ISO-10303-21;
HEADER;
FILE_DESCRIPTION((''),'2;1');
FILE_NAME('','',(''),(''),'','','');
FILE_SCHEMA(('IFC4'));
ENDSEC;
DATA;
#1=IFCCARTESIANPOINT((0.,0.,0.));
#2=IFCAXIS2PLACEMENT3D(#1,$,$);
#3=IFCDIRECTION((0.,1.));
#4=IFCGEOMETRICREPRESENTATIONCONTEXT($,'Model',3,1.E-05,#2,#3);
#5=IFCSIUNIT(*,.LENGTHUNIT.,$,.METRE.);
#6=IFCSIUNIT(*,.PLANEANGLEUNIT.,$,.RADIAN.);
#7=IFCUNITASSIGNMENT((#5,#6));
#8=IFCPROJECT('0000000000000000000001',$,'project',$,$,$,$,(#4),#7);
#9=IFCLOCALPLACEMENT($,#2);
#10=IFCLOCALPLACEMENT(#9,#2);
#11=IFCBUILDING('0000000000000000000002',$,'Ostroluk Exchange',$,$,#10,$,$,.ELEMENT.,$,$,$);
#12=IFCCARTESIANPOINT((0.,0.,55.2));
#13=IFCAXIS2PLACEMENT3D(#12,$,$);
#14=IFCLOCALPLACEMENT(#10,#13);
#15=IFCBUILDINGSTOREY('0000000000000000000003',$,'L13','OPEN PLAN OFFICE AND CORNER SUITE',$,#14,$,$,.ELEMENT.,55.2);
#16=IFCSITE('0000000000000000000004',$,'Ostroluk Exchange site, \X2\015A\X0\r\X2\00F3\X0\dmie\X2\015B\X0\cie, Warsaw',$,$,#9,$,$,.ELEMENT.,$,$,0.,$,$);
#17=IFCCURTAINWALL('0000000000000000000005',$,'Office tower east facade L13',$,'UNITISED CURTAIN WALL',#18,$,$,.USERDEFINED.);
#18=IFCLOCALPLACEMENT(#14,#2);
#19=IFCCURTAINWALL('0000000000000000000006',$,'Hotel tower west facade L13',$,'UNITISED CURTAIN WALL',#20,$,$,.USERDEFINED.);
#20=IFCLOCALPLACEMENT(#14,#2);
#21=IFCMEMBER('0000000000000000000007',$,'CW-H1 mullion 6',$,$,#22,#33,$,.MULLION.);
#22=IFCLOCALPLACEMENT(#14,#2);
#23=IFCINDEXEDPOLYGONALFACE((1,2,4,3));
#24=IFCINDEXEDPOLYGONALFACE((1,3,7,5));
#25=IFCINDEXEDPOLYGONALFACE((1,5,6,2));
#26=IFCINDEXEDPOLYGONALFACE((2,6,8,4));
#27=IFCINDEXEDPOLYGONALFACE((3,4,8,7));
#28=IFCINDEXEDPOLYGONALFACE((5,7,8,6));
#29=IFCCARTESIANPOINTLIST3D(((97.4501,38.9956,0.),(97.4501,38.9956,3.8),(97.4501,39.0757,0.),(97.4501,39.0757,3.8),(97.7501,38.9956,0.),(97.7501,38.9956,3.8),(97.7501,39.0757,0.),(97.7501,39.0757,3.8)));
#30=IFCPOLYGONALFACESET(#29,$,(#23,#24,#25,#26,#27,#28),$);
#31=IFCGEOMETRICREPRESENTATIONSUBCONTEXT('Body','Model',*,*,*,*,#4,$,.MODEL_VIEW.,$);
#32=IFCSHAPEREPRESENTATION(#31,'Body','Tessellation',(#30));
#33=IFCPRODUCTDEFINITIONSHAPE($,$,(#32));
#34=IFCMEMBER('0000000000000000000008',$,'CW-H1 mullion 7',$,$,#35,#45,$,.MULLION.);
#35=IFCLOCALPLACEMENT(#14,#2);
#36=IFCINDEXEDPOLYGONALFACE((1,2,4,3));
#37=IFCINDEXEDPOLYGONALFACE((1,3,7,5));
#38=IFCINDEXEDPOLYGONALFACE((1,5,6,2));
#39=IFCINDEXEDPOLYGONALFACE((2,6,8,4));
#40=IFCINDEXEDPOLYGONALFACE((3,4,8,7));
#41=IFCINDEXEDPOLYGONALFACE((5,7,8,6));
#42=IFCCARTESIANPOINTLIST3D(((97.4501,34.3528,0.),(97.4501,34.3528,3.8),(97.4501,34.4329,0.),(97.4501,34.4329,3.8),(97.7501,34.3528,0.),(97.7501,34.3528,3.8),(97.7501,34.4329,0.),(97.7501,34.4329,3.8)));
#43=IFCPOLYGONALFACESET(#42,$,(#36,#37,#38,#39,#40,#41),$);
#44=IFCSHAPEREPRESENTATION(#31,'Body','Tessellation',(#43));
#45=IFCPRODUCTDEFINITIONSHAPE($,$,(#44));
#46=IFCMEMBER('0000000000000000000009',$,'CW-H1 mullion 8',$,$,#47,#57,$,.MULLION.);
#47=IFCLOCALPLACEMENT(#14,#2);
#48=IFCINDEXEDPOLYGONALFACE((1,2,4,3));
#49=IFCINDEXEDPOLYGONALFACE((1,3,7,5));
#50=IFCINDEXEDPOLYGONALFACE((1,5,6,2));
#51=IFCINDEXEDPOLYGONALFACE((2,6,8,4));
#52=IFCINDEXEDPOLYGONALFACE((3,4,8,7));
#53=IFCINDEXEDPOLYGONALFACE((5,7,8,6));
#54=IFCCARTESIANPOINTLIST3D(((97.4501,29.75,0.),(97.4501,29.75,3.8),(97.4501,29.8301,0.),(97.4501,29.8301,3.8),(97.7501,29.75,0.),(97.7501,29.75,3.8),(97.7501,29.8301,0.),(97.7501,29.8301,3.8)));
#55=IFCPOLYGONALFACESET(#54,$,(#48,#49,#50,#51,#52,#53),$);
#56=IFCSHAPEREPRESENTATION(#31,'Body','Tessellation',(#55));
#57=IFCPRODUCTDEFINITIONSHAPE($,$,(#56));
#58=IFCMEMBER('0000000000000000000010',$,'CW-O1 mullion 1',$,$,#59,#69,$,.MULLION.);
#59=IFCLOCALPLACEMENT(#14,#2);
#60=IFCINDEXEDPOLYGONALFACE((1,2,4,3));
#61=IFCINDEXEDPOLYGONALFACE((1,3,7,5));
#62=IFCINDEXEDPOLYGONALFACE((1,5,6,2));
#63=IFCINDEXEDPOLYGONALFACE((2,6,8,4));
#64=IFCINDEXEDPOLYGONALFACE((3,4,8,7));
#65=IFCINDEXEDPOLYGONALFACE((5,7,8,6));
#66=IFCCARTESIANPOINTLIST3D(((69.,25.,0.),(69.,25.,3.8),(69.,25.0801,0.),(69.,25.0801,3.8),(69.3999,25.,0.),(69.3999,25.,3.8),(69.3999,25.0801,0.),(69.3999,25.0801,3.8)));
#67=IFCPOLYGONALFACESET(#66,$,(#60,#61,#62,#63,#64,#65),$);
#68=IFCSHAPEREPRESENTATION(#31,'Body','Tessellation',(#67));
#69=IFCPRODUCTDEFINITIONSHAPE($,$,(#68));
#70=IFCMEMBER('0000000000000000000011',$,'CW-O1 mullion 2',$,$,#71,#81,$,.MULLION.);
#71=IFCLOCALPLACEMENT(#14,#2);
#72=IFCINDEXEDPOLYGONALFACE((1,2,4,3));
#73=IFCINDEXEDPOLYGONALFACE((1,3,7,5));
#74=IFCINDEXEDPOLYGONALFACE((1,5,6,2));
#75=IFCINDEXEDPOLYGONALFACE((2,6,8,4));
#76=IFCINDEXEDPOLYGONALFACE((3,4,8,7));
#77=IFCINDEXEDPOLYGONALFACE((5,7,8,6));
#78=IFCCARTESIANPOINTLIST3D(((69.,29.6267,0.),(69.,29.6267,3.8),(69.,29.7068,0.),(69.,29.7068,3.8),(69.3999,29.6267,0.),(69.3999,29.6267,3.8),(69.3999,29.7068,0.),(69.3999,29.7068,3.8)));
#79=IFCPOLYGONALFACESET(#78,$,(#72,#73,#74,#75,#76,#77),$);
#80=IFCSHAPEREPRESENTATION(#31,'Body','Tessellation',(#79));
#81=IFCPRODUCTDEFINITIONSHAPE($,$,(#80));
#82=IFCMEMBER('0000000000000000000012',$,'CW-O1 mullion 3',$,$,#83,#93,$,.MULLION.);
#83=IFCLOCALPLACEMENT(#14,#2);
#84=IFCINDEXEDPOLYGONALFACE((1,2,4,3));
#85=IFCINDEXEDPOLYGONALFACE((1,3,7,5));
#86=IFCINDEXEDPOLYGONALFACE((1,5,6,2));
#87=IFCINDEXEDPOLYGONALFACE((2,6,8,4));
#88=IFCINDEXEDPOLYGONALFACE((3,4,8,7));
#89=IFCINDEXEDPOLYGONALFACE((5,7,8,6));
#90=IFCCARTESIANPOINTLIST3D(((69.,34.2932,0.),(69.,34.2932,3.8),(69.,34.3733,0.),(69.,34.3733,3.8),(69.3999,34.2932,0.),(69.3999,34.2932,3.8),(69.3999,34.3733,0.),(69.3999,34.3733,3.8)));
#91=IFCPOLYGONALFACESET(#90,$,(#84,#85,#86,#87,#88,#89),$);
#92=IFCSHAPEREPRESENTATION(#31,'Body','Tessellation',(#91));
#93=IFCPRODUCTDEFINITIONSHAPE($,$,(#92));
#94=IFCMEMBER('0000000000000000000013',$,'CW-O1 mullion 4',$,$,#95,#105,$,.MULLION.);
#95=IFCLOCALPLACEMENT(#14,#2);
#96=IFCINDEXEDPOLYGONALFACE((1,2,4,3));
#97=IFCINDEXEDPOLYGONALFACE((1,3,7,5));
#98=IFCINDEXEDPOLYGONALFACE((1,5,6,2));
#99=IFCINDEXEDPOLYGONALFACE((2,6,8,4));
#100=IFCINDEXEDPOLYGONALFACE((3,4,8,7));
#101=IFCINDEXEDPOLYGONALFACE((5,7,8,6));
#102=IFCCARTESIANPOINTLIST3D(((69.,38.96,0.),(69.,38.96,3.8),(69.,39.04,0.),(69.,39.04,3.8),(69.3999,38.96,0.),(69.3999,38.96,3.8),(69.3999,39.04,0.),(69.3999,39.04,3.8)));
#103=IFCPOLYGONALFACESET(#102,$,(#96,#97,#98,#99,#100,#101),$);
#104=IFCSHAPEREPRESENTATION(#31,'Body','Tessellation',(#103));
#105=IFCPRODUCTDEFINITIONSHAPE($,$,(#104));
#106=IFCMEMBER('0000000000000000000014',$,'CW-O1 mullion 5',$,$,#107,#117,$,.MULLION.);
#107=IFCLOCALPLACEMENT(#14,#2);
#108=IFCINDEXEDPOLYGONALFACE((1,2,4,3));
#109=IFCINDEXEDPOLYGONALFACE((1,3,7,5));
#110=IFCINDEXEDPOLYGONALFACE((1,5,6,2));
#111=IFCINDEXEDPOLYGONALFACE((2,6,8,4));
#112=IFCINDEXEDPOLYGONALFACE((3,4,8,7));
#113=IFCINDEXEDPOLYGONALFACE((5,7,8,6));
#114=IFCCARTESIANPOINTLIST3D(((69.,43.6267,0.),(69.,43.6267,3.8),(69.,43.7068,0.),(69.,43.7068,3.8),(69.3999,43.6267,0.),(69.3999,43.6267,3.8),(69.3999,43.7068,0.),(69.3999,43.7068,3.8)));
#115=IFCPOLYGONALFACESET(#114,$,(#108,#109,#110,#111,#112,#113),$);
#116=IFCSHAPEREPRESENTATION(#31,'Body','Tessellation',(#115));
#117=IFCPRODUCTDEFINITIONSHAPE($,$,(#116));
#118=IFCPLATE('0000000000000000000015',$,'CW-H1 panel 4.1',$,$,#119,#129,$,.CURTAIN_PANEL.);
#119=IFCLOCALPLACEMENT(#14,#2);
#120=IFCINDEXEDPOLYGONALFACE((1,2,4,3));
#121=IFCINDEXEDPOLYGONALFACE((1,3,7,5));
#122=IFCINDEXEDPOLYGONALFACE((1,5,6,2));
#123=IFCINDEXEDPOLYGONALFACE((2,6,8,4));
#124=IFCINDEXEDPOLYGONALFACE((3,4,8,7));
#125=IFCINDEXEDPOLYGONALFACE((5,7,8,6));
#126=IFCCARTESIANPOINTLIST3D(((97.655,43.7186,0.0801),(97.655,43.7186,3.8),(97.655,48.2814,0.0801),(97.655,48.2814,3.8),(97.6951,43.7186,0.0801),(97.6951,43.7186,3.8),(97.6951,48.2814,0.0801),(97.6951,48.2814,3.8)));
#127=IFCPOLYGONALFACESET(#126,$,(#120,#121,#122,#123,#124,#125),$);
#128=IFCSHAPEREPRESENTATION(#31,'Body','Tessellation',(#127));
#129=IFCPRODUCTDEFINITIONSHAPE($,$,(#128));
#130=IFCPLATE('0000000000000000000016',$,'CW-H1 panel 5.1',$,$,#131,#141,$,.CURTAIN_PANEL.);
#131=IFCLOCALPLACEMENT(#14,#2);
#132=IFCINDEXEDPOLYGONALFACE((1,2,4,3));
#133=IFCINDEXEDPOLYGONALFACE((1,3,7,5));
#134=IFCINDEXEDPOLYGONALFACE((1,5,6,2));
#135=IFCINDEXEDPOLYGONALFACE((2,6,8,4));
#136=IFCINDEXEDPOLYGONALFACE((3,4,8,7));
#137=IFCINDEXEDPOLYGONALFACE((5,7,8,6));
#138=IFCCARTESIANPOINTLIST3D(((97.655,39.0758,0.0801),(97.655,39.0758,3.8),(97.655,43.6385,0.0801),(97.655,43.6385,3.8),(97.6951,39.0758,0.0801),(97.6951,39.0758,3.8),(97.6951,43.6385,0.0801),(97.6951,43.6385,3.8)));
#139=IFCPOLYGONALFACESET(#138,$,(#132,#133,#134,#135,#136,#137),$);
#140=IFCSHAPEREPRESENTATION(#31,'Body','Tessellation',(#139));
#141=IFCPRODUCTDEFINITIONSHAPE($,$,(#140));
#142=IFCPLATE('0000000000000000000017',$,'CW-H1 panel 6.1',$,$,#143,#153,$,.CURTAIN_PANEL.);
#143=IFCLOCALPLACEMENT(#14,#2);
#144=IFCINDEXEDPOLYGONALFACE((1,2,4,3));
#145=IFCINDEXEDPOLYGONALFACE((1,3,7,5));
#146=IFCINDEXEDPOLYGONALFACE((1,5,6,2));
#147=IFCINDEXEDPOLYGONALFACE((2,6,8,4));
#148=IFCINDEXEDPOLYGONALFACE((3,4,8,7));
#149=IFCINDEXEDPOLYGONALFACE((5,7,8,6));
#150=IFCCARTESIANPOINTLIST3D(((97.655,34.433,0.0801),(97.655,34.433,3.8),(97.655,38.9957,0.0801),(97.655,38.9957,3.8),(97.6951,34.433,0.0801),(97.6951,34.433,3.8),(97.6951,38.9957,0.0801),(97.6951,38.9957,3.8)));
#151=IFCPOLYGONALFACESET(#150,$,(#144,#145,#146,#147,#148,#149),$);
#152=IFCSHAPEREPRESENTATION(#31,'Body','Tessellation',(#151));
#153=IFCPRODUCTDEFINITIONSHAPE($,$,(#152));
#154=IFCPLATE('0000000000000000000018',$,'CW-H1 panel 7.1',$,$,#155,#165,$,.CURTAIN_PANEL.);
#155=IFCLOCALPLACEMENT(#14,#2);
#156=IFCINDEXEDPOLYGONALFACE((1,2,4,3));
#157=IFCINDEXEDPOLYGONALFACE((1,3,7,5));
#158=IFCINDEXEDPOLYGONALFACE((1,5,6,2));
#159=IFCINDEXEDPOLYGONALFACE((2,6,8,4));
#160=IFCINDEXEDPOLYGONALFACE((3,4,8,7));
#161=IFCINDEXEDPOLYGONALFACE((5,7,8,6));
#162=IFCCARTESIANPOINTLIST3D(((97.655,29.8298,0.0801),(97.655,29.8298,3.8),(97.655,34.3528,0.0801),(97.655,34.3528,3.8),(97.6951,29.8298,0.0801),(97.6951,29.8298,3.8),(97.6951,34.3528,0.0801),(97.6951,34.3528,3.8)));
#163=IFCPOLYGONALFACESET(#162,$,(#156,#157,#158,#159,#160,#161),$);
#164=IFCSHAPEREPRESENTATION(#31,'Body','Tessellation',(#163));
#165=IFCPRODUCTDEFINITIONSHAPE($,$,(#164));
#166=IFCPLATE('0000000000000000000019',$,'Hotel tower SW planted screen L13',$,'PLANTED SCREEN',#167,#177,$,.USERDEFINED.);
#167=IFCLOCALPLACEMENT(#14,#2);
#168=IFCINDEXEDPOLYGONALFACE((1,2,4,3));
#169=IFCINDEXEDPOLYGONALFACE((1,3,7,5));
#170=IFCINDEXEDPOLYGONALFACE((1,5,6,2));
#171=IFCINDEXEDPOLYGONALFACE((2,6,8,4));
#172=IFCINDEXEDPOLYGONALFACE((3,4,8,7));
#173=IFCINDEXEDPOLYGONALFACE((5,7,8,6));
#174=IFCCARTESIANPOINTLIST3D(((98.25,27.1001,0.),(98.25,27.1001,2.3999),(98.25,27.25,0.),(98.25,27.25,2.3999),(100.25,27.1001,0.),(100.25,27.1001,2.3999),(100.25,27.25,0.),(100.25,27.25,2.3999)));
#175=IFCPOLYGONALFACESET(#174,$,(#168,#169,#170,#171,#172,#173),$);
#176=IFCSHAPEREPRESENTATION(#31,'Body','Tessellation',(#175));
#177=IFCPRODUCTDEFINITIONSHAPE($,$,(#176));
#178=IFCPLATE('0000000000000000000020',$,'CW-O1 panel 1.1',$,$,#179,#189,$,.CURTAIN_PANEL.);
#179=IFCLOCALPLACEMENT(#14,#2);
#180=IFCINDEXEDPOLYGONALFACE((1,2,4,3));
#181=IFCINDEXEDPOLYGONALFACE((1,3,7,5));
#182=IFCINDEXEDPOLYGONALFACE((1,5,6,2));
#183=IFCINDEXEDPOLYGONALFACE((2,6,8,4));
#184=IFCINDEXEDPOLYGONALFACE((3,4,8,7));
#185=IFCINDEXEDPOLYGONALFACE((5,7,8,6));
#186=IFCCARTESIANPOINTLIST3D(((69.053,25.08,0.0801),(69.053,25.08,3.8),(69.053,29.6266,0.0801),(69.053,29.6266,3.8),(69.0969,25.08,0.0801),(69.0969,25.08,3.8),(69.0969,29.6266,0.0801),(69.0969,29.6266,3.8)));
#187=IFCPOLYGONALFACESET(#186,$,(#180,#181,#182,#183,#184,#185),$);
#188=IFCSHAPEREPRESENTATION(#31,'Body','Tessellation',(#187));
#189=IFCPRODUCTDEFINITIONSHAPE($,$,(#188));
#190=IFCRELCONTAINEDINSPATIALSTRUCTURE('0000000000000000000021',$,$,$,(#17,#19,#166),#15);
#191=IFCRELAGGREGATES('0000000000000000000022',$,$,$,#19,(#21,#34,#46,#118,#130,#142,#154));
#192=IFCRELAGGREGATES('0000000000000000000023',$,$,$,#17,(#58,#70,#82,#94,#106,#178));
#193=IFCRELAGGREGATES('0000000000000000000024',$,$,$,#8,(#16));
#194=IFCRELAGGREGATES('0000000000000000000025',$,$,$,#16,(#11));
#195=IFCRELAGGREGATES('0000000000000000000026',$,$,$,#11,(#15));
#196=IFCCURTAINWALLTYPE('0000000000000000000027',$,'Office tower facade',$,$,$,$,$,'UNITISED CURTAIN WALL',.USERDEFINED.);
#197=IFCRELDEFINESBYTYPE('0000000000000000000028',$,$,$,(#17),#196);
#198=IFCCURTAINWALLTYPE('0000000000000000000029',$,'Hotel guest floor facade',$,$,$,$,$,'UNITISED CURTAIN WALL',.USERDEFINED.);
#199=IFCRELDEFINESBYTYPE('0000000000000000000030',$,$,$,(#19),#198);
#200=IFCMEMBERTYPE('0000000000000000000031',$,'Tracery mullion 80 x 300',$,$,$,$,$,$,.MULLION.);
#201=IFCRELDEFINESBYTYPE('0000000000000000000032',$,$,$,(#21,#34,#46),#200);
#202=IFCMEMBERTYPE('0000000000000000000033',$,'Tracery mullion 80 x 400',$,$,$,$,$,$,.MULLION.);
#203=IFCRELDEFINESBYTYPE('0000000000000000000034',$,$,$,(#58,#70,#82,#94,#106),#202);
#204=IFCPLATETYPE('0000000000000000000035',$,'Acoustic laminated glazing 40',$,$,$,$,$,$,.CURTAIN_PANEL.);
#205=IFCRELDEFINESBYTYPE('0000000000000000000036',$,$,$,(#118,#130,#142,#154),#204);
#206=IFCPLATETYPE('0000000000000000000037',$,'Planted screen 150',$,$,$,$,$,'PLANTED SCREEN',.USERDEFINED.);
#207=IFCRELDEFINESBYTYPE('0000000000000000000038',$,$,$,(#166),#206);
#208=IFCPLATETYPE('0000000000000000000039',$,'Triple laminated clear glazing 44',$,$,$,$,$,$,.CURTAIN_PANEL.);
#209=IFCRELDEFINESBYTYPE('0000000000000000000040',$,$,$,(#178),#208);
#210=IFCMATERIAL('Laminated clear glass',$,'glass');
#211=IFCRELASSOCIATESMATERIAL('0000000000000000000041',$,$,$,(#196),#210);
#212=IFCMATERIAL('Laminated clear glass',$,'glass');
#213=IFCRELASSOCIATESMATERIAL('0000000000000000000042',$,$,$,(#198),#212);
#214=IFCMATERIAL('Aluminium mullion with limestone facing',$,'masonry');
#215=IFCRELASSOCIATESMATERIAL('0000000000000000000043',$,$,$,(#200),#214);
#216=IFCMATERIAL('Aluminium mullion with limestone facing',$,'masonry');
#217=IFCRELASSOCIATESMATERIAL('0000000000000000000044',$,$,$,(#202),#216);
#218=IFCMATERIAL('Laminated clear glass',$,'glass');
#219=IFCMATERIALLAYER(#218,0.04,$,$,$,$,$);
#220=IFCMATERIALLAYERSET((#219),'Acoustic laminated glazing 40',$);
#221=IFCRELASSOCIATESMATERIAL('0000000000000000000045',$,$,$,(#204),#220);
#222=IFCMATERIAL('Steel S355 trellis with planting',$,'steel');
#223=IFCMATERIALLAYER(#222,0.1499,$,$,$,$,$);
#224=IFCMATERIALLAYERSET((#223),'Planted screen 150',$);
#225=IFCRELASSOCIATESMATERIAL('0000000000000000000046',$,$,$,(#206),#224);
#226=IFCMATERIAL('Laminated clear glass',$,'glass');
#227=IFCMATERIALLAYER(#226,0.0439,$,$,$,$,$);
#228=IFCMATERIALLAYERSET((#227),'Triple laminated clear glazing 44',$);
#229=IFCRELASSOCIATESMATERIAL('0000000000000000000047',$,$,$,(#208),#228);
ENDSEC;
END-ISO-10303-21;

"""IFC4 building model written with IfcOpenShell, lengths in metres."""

from ifc_helpers import new_model, si_unit, direction, frame, origin, origin_2d, place, context, subcontext, project, spatial, rectangle, extrude, material, layer, layer_set, material_profile, profile_set, type_object, element, aggregate, save


model = new_model("IFC4")

# Units and contexts
model_context = context("Model", 3, precision=1e-05, world=origin(), true_north=direction((0.0, 1.0)))
body_context = subcontext(model_context, "Body", "Model", "MODEL_VIEW")
ifc_project = project(units=[si_unit("LENGTHUNIT", "METRE"), si_unit("PLANEANGLEUNIT", "RADIAN")], contexts=[model_context])

# Site, building, storey
site_placement = place(None, origin())
site = spatial("IfcSite", under=ifc_project, at=site_placement, Name="Ostroluk Exchange site, Śródmieście, Warsaw", CompositionType="ELEMENT", RefElevation=0.0)
building_placement = place(site_placement, origin())
building = spatial("IfcBuilding", under=site, at=building_placement, Name="Ostroluk Exchange", CompositionType="ELEMENT")
storey_placement = place(building_placement, frame((0.0, 0.0, 55.2)))
storey = spatial("IfcBuildingStorey", under=building, at=storey_placement, Name="L13", Description="OPEN PLAN OFFICE AND CORNER SUITE", CompositionType="ELEMENT", Elevation=55.2)

# Curtain wall
ifc_material_1 = material(Name="Laminated clear glass", Category="glass")
curtain_wall_type_1 = type_object("IfcCurtainWallType", Name="Office tower facade", ElementType="UNITISED CURTAIN WALL", PredefinedType="USERDEFINED", material=ifc_material_1)
curtain_wall_1_placement = place(storey_placement, origin())
curtain_wall_1 = element("IfcCurtainWall", 1, at=curtain_wall_1_placement, inside=storey, type_object=curtain_wall_type_1, Name="Office tower east facade L13", ObjectType="UNITISED CURTAIN WALL", PredefinedType="USERDEFINED")

# Shared definitions
ifc_material_2 = material(Name="Laminated clear glass", Category="glass")
curtain_wall_type_2 = type_object("IfcCurtainWallType", Name="Hotel guest floor facade", ElementType="UNITISED CURTAIN WALL", PredefinedType="USERDEFINED", material=ifc_material_2)

# Curtain wall
curtain_wall_2_placement = place(storey_placement, origin())
curtain_wall_2 = element("IfcCurtainWall", 2, at=curtain_wall_2_placement, inside=storey, type_object=curtain_wall_type_2, Name="Hotel tower west facade L13", ObjectType="UNITISED CURTAIN WALL", PredefinedType="USERDEFINED")

# Members
ifc_material_3 = material(Name="Aluminium mullion with limestone facing", Category="masonry")
ifc_material_profile_1 = material_profile(ifc_material_3, rectangle(XDim=0.3, YDim=0.0801, at=origin_2d()), Name="Tracery mullion 80 x 300")
ifc_profile_set_1 = profile_set([ifc_material_profile_1], Name="Aluminium mullion with limestone facing")
member_type_1 = type_object("IfcMemberType", Name="Tracery mullion 80 x 300", PredefinedType="MULLION", material=ifc_profile_set_1)
member_1_placement = place(storey_placement, frame((97.6001, 39.0356, 0.0), z_axis=(0.0, 0.0, 1.0), x_axis=(1.0, 0.0, 0.0)))
member_1 = element("IfcMember", 3, at=member_1_placement, type_object=member_type_1, Name="CW-H1 mullion 6", PredefinedType="MULLION", context=body_context, shape_type="SweptSolid", body=[
    extrude(rectangle(XDim=0.3, YDim=0.0801, at=origin_2d()), origin(), (0.0, 0.0, 1.0), 3.8),
])
member_2_placement = place(storey_placement, frame((97.6001, 34.3928, 0.0), z_axis=(0.0, 0.0, 1.0), x_axis=(1.0, 0.0, 0.0)))
member_2 = element("IfcMember", 4, at=member_2_placement, type_object=member_type_1, Name="CW-H1 mullion 7", PredefinedType="MULLION", context=body_context, shape_type="SweptSolid", body=[
    extrude(rectangle(XDim=0.3, YDim=0.0801, at=origin_2d()), origin(), (0.0, 0.0, 1.0), 3.8),
])
member_3_placement = place(storey_placement, frame((97.6001, 29.79, 0.0), z_axis=(0.0, 0.0, 1.0), x_axis=(1.0, 0.0, 0.0)))
member_3 = element("IfcMember", 5, at=member_3_placement, type_object=member_type_1, Name="CW-H1 mullion 8", PredefinedType="MULLION", context=body_context, shape_type="SweptSolid", body=[
    extrude(rectangle(XDim=0.3, YDim=0.0801, at=origin_2d()), origin(), (0.0, 0.0, 1.0), 3.8),
])
ifc_material_4 = material(Name="Aluminium mullion with limestone facing", Category="masonry")
ifc_material_profile_2 = material_profile(ifc_material_4, rectangle(XDim=0.3999, YDim=0.0801, at=origin_2d()), Name="Tracery mullion 80 x 400")
ifc_profile_set_2 = profile_set([ifc_material_profile_2], Name="Aluminium mullion with limestone facing")
member_type_2 = type_object("IfcMemberType", Name="Tracery mullion 80 x 400", PredefinedType="MULLION", material=ifc_profile_set_2)
member_4_placement = place(storey_placement, frame((69.2, 25.04, 0.0), z_axis=(0.0, 0.0, 1.0), x_axis=(-1.0, 0.0, 0.0)))
member_4 = element("IfcMember", 6, at=member_4_placement, type_object=member_type_2, Name="CW-O1 mullion 1", PredefinedType="MULLION", context=body_context, shape_type="SweptSolid", body=[
    extrude(rectangle(XDim=0.3999, YDim=0.0801, at=origin_2d()), origin(), (0.0, 0.0, 1.0), 3.8),
])
member_5_placement = place(storey_placement, frame((69.2, 29.6667, 0.0), z_axis=(0.0, 0.0, 1.0), x_axis=(-1.0, 0.0, 0.0)))
member_5 = element("IfcMember", 7, at=member_5_placement, type_object=member_type_2, Name="CW-O1 mullion 2", PredefinedType="MULLION", context=body_context, shape_type="SweptSolid", body=[
    extrude(rectangle(XDim=0.3999, YDim=0.0801, at=origin_2d()), origin(), (0.0, 0.0, 1.0), 3.8),
])
member_6_placement = place(storey_placement, frame((69.2, 34.3333, 0.0), z_axis=(0.0, 0.0, 1.0), x_axis=(-1.0, 0.0, 0.0)))
member_6 = element("IfcMember", 8, at=member_6_placement, type_object=member_type_2, Name="CW-O1 mullion 3", PredefinedType="MULLION", context=body_context, shape_type="SweptSolid", body=[
    extrude(rectangle(XDim=0.3999, YDim=0.0801, at=origin_2d()), origin(), (0.0, 0.0, 1.0), 3.8),
])
member_7_placement = place(storey_placement, frame((69.2, 39.0, 0.0), z_axis=(0.0, 0.0, 1.0), x_axis=(-1.0, 0.0, 0.0)))
member_7 = element("IfcMember", 9, at=member_7_placement, type_object=member_type_2, Name="CW-O1 mullion 4", PredefinedType="MULLION", context=body_context, shape_type="SweptSolid", body=[
    extrude(rectangle(XDim=0.3999, YDim=0.0801, at=origin_2d()), origin(), (0.0, 0.0, 1.0), 3.8),
])
member_8_placement = place(storey_placement, frame((69.2, 43.6667, 0.0), z_axis=(0.0, 0.0, 1.0), x_axis=(-1.0, 0.0, 0.0)))
member_8 = element("IfcMember", 10, at=member_8_placement, type_object=member_type_2, Name="CW-O1 mullion 5", PredefinedType="MULLION", context=body_context, shape_type="SweptSolid", body=[
    extrude(rectangle(XDim=0.3999, YDim=0.0801, at=origin_2d()), origin(), (0.0, 0.0, 1.0), 3.8),
])

# Plates
ifc_material_5 = material(Name="Laminated clear glass", Category="glass")
ifc_layer_1 = layer(ifc_material_5, 0.04)
ifc_layer_set_1 = layer_set([ifc_layer_1], Name="Acoustic laminated glazing 40")
plate_type_1 = type_object("IfcPlateType", Name="Acoustic laminated glazing 40", PredefinedType="CURTAIN_PANEL", material=ifc_layer_set_1)
plate_1_placement = place(storey_placement, frame((97.675, 46.0, 0.0801), z_axis=(0.0, 0.0, 1.0), x_axis=(0.0, -1.0, 0.0)))
plate_1 = element("IfcPlate", 11, at=plate_1_placement, type_object=plate_type_1, Name="CW-H1 panel 4.1", PredefinedType="CURTAIN_PANEL", context=body_context, shape_type="SweptSolid", body=[
    extrude(rectangle(XDim=4.5627, YDim=0.04, at=origin_2d()), origin(), (0.0, 0.0, 1.0), 3.72),
])
plate_2_placement = place(storey_placement, frame((97.675, 41.3572, 0.0801), z_axis=(0.0, 0.0, 1.0), x_axis=(0.0, -1.0, 0.0)))
plate_2 = element("IfcPlate", 12, at=plate_2_placement, type_object=plate_type_1, Name="CW-H1 panel 5.1", PredefinedType="CURTAIN_PANEL", context=body_context, shape_type="SweptSolid", body=[
    extrude(rectangle(XDim=4.5627, YDim=0.04, at=origin_2d()), origin(), (0.0, 0.0, 1.0), 3.72),
])
plate_3_placement = place(storey_placement, frame((97.675, 36.7144, 0.0801), z_axis=(0.0, 0.0, 1.0), x_axis=(0.0, -1.0, 0.0)))
plate_3 = element("IfcPlate", 13, at=plate_3_placement, type_object=plate_type_1, Name="CW-H1 panel 6.1", PredefinedType="CURTAIN_PANEL", context=body_context, shape_type="SweptSolid", body=[
    extrude(rectangle(XDim=4.5627, YDim=0.04, at=origin_2d()), origin(), (0.0, 0.0, 1.0), 3.72),
])
plate_4_placement = place(storey_placement, frame((97.675, 32.0913, 0.0801), z_axis=(0.0, 0.0, 1.0), x_axis=(0.0, -1.0, 0.0)))
plate_4 = element("IfcPlate", 14, at=plate_4_placement, type_object=plate_type_1, Name="CW-H1 panel 7.1", PredefinedType="CURTAIN_PANEL", context=body_context, shape_type="SweptSolid", body=[
    extrude(rectangle(XDim=4.5229, YDim=0.04, at=origin_2d()), origin(), (0.0, 0.0, 1.0), 3.72),
])
aggregate(curtain_wall_2, [member_1, member_2, member_3, plate_1, plate_2, plate_3, plate_4])
ifc_material_6 = material(Name="Steel S355 trellis with planting", Category="steel")
ifc_layer_2 = layer(ifc_material_6, 0.1499)
ifc_layer_set_2 = layer_set([ifc_layer_2], Name="Planted screen 150")
plate_type_2 = type_object("IfcPlateType", Name="Planted screen 150", ElementType="PLANTED SCREEN", PredefinedType="USERDEFINED", material=ifc_layer_set_2)
plate_5_placement = place(storey_placement, frame((99.25, 27.175, 0.0), z_axis=(0.0, 0.0, 1.0), x_axis=(1.0, 0.0, 0.0)))
element("IfcPlate", 15, at=plate_5_placement, inside=storey, type_object=plate_type_2, Name="Hotel tower SW planted screen L13", ObjectType="PLANTED SCREEN", PredefinedType="USERDEFINED", context=body_context, shape_type="SweptSolid", body=[
    extrude(rectangle(XDim=2.0, YDim=0.1499, at=origin_2d()), origin(), (0.0, 0.0, 1.0), 2.3999),
])
ifc_material_7 = material(Name="Laminated clear glass", Category="glass")
ifc_layer_3 = layer(ifc_material_7, 0.0439)
ifc_layer_set_3 = layer_set([ifc_layer_3], Name="Triple laminated clear glazing 44")
plate_type_3 = type_object("IfcPlateType", Name="Triple laminated clear glazing 44", PredefinedType="CURTAIN_PANEL", material=ifc_layer_set_3)
plate_6_placement = place(storey_placement, frame((69.075, 27.3533, 0.0801), z_axis=(0.0, 0.0, 1.0), x_axis=(0.0, 1.0, 0.0)))
plate_6 = element("IfcPlate", 16, at=plate_6_placement, type_object=plate_type_3, Name="CW-O1 panel 1.1", PredefinedType="CURTAIN_PANEL", context=body_context, shape_type="SweptSolid", body=[
    extrude(rectangle(XDim=4.5466, YDim=0.0439, at=origin_2d()), origin(), (0.0, 0.0, 1.0), 3.72),
])
aggregate(curtain_wall_1, [member_4, member_5, member_6, member_7, member_8, plate_6])

save(model, "model.ifc")
